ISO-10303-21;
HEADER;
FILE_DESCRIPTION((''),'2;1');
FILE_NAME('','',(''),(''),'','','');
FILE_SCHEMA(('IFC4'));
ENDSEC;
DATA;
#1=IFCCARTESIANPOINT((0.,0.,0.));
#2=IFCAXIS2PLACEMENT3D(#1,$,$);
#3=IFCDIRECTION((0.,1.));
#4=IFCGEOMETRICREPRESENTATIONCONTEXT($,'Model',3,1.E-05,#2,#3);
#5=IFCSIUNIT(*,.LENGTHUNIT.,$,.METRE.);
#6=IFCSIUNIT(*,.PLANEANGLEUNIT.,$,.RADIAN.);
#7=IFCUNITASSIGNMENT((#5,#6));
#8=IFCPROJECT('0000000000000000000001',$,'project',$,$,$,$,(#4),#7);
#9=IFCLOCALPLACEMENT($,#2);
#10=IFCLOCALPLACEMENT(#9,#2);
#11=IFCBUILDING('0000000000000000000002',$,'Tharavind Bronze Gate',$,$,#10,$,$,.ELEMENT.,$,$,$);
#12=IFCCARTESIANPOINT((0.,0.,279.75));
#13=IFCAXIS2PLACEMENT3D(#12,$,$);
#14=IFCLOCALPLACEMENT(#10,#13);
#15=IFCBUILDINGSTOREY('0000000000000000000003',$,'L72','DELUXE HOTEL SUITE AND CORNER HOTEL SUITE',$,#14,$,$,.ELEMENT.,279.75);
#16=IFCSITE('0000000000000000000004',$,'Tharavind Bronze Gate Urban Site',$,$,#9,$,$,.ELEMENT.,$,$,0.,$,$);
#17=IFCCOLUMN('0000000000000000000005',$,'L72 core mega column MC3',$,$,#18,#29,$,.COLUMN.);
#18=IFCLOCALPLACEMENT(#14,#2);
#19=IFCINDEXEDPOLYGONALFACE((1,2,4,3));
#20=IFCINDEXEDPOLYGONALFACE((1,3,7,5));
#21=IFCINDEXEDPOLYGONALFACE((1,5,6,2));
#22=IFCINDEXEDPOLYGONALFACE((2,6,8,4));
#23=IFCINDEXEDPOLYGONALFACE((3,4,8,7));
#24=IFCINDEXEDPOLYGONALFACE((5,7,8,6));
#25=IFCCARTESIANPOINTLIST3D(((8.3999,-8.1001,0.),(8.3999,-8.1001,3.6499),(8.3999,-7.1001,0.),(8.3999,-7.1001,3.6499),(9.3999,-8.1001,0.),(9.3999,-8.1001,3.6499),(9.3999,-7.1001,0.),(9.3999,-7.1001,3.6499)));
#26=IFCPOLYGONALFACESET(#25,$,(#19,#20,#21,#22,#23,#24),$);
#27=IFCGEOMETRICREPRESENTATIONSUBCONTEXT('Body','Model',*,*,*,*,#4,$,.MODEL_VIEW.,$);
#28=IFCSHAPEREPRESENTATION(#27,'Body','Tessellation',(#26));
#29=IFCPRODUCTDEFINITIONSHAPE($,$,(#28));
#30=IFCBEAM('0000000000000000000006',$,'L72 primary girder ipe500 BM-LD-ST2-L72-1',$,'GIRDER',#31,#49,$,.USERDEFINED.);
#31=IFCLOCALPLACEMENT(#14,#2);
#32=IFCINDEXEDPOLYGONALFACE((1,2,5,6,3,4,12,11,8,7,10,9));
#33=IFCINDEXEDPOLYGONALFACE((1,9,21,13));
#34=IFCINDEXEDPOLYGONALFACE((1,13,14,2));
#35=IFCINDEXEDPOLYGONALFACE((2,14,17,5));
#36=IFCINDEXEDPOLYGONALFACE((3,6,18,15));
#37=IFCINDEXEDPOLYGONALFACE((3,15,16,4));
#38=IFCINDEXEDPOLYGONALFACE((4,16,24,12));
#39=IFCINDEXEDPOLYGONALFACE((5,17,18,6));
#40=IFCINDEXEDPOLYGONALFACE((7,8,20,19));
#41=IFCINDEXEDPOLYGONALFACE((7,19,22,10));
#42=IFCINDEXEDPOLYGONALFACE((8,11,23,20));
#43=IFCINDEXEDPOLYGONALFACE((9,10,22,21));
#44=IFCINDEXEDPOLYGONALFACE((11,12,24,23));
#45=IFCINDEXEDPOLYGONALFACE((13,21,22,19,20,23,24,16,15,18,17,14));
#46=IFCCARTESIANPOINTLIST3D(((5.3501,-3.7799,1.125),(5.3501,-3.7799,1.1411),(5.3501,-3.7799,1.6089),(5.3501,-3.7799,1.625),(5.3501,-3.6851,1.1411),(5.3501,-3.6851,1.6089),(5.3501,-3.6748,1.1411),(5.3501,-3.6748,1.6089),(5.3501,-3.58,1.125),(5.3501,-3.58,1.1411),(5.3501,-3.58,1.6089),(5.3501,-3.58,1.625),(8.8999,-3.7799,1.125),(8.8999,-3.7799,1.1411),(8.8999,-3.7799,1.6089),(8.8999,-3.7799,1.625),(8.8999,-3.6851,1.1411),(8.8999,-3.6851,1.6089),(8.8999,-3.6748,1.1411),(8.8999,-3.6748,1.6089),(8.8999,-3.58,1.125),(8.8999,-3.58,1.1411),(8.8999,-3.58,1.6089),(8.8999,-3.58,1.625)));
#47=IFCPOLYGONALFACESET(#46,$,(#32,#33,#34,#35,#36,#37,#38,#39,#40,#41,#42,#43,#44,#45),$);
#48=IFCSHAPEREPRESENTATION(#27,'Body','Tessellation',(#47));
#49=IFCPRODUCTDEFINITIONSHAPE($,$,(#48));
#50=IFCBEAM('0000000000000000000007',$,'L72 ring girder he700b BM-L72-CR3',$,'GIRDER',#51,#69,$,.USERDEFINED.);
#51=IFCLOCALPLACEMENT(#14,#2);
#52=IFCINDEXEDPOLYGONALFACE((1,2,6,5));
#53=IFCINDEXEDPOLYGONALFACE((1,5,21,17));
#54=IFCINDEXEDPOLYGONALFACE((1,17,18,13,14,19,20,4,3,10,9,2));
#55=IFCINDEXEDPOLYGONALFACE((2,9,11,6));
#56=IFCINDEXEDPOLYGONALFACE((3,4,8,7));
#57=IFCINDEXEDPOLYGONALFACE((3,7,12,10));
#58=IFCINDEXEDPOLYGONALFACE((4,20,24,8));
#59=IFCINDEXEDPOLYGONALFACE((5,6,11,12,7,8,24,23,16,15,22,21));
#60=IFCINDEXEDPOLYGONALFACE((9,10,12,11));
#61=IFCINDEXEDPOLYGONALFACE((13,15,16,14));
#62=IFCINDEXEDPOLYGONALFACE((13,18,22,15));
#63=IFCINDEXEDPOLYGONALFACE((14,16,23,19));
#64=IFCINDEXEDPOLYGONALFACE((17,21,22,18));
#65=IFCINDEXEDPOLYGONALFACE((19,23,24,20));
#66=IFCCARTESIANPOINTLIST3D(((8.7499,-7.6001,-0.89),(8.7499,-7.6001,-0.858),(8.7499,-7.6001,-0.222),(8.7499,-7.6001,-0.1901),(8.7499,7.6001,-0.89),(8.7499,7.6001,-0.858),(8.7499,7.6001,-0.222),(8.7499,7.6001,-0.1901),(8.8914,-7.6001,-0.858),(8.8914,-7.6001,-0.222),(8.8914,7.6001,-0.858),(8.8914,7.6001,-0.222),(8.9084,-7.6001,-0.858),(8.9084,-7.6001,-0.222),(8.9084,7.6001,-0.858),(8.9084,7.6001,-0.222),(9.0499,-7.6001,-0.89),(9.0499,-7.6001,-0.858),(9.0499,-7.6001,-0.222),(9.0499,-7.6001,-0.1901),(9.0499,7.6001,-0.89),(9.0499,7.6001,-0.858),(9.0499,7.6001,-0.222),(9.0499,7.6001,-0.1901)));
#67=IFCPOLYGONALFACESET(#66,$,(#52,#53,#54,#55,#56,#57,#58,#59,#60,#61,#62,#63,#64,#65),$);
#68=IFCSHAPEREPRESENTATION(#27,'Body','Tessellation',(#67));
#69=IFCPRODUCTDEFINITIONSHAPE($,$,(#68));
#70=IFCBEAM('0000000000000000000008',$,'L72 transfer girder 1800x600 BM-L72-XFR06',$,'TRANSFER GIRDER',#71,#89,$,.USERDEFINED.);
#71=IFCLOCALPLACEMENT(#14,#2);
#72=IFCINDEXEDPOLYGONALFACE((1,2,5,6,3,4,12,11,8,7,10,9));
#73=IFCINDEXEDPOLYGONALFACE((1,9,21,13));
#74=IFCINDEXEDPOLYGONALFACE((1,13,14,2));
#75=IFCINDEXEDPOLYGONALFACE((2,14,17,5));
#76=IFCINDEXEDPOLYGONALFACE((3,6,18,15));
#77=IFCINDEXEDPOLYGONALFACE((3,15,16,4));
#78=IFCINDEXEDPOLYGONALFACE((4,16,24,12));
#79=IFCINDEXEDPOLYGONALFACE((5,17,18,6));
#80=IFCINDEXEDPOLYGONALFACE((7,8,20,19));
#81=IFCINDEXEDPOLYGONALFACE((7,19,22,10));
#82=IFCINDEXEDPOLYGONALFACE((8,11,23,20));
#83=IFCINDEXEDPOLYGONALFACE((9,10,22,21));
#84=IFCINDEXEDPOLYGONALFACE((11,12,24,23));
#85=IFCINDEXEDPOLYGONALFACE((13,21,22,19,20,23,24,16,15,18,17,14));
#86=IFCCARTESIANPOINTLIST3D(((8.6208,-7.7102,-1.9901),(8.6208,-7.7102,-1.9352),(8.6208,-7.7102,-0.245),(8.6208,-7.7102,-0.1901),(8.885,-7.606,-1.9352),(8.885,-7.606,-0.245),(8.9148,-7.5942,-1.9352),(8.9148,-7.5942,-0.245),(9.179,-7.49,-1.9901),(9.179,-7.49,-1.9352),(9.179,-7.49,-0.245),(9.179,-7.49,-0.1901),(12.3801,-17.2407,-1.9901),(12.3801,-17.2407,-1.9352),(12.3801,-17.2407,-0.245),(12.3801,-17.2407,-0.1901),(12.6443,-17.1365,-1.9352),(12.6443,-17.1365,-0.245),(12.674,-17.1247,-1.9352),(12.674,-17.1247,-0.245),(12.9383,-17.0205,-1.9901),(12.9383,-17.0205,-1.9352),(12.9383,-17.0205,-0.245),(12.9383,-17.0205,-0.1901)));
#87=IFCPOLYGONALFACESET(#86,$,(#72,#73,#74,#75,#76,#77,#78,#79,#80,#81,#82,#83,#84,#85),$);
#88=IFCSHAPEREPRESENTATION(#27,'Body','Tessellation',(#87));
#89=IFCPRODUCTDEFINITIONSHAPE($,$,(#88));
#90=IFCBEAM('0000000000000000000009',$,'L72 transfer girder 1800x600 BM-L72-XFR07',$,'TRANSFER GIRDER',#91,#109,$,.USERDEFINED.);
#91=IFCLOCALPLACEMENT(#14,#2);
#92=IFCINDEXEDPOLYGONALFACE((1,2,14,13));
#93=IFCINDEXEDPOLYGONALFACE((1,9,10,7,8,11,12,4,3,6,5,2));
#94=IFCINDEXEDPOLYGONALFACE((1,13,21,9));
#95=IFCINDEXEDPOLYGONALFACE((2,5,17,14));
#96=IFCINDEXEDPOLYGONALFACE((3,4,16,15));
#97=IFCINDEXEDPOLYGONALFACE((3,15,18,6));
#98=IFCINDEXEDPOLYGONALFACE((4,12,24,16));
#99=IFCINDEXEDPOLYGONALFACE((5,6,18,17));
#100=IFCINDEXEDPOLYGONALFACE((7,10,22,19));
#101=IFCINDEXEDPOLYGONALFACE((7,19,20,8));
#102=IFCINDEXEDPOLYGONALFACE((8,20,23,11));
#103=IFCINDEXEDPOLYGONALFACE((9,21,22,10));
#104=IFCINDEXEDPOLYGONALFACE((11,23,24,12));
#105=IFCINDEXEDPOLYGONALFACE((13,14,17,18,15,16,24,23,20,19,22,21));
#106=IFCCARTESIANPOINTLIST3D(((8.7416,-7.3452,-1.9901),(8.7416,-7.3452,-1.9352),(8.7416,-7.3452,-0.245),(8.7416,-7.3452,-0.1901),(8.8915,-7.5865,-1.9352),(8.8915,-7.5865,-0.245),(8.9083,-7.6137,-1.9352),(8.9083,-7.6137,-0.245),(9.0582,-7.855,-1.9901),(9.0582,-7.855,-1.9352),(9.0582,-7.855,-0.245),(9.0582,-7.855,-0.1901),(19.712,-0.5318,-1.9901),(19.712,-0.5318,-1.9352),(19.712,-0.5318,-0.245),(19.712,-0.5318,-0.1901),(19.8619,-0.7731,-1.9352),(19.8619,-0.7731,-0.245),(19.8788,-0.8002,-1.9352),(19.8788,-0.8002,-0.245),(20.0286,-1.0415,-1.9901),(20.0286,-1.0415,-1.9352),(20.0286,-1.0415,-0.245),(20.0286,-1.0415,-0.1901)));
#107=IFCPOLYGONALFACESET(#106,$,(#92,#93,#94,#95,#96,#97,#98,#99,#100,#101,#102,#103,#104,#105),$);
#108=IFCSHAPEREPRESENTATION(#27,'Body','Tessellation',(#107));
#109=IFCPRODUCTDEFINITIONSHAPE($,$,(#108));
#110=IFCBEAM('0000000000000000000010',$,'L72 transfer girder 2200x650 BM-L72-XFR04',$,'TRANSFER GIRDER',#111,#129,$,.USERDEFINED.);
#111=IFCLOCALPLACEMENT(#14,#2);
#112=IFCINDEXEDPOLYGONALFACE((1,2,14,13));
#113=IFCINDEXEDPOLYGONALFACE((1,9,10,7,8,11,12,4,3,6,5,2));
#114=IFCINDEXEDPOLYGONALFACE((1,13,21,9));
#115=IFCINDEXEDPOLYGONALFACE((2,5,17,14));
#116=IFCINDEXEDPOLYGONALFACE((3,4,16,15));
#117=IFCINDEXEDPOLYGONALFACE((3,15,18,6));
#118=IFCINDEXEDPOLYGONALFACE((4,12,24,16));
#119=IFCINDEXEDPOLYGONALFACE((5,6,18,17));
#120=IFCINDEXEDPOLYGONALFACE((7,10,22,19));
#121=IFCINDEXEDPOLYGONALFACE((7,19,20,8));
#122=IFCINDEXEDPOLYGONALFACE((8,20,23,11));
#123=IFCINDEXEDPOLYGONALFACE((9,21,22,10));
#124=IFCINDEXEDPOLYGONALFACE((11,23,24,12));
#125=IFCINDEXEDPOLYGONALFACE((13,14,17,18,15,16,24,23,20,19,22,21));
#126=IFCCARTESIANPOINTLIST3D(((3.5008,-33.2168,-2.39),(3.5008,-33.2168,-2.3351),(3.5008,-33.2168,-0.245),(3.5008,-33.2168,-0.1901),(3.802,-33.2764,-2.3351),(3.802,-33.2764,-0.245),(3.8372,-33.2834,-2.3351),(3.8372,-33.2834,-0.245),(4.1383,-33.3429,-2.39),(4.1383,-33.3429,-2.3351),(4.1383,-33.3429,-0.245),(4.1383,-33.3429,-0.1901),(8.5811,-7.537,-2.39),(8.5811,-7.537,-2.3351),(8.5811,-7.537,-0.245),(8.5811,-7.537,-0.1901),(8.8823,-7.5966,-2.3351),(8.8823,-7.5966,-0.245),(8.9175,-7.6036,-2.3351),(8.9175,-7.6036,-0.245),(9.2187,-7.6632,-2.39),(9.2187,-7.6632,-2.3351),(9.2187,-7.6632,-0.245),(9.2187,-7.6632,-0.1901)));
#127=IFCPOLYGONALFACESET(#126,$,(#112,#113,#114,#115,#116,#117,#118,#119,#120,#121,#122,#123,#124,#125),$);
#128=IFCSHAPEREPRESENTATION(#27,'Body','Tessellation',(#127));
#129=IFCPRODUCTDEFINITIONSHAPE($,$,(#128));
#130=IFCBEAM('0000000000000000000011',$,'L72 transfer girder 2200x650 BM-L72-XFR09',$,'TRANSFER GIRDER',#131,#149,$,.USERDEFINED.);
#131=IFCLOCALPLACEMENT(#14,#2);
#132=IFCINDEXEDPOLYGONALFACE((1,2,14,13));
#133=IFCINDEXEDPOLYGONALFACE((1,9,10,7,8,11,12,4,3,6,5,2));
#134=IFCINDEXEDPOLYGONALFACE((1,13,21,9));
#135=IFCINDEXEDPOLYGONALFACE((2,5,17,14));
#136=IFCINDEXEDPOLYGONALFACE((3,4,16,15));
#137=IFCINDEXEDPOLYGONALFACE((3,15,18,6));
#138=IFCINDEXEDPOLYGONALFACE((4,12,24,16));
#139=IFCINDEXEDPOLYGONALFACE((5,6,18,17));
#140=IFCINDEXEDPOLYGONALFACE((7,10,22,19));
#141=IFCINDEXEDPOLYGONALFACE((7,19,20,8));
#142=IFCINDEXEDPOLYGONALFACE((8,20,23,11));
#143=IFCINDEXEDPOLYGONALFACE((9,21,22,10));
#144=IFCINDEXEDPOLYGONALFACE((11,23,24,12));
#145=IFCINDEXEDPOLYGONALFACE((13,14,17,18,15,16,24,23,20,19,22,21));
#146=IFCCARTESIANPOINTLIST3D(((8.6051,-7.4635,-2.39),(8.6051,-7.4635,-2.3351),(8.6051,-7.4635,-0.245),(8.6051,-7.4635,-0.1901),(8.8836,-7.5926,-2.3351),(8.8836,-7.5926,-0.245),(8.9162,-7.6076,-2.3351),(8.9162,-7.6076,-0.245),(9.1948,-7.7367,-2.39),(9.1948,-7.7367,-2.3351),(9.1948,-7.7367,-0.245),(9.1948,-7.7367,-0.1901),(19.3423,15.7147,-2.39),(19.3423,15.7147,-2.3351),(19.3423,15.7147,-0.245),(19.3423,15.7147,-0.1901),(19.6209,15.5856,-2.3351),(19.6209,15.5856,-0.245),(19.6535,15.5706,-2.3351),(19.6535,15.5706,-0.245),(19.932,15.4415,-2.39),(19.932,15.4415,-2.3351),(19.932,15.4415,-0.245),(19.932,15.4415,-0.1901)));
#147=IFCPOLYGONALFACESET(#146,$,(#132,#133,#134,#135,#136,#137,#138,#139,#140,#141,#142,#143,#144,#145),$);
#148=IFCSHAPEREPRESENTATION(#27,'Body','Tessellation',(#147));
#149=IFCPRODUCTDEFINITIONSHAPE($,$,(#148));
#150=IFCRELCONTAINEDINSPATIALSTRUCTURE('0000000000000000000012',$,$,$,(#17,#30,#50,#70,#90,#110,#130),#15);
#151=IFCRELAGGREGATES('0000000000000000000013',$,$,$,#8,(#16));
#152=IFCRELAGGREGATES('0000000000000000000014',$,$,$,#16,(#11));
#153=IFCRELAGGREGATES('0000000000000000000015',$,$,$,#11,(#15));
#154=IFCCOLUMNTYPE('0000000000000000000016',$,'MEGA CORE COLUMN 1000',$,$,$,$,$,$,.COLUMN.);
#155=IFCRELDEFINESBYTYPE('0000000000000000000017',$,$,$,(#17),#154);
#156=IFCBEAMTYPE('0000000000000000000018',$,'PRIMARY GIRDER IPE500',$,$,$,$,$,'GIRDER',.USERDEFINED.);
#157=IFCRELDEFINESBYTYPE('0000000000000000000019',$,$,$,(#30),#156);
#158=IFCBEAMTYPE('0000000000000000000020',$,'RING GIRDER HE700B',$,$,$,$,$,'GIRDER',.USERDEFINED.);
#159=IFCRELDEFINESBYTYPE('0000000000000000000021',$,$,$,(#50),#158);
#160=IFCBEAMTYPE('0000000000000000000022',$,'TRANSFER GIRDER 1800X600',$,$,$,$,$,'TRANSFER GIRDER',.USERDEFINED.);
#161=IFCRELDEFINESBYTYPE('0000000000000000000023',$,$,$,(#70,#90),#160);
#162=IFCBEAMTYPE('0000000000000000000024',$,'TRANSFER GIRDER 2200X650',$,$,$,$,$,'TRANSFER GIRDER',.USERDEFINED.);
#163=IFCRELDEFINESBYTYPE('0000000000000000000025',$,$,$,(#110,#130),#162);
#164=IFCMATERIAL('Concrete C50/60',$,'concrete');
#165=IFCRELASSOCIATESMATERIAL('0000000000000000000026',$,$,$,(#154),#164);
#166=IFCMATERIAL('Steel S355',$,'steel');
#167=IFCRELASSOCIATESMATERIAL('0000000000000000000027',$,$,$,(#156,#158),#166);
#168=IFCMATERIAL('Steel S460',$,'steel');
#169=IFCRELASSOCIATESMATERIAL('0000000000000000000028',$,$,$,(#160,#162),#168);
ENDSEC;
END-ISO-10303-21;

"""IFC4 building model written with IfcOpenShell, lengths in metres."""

from ifc_helpers import new_model, si_unit, direction, frame, origin, origin_2d, place, context, subcontext, project, spatial, rectangle, i_section, extrude, material, material_profile, profile_set, type_object, element, save


model = new_model("IFC4")

# Units and contexts
model_context = context("Model", 3, precision=1e-05, world=origin(), true_north=direction((0.0, 1.0)))
body_context = subcontext(model_context, "Body", "Model", "MODEL_VIEW")
ifc_project = project(units=[si_unit("LENGTHUNIT", "METRE"), si_unit("PLANEANGLEUNIT", "RADIAN")], contexts=[model_context])

# Site, building, storey
site_placement = place(None, origin())
site = spatial("IfcSite", under=ifc_project, at=site_placement, Name="Tharavind Bronze Gate Urban Site", CompositionType="ELEMENT", RefElevation=0.0)
building_placement = place(site_placement, origin())
building = spatial("IfcBuilding", under=site, at=building_placement, Name="Tharavind Bronze Gate", CompositionType="ELEMENT")
storey_placement = place(building_placement, frame((0.0, 0.0, 279.75)))
storey = spatial("IfcBuildingStorey", under=building, at=storey_placement, Name="L72", Description="DELUXE HOTEL SUITE AND CORNER HOTEL SUITE", CompositionType="ELEMENT", Elevation=279.75)

# Column
ifc_material_1 = material(Name="Concrete C50/60", Category="concrete")
ifc_material_profile_1 = material_profile(ifc_material_1, rectangle(XDim=1.0, YDim=1.0, at=origin_2d()), Name="RCCOL1000")
ifc_profile_set_1 = profile_set([ifc_material_profile_1], Name="Concrete C50/60")
column_type = type_object("IfcColumnType", Name="MEGA CORE COLUMN 1000", PredefinedType="COLUMN", material=ifc_profile_set_1)
column_placement = place(storey_placement, frame((8.8999, -7.6001, 0.0), z_axis=(0.0, 0.0, 1.0), x_axis=(1.0, 0.0, 0.0)))
element("IfcColumn", 1, at=column_placement, inside=storey, type_object=column_type, Name="L72 core mega column MC3", PredefinedType="COLUMN", context=body_context, shape_type="SweptSolid", body=[
    extrude(rectangle(XDim=1.0, YDim=1.0, at=origin_2d()), origin(), (0.0, 0.0, 1.0), 3.6499),
])

# Beams
ifc_material_2 = material(Name="Steel S355", Category="steel")
ifc_material_profile_2 = material_profile(ifc_material_2, i_section(OverallWidth=0.2, OverallDepth=0.5, WebThickness=0.0103, FlangeThickness=0.0161, at=origin_2d()), Name="IPE500")
ifc_profile_set_2 = profile_set([ifc_material_profile_2], Name="Steel S355")
beam_type_1 = type_object("IfcBeamType", Name="PRIMARY GIRDER IPE500", ElementType="GIRDER", PredefinedType="USERDEFINED", material=ifc_profile_set_2)
beam_1_placement = place(storey_placement, frame((5.3501, -3.6799, 1.375), z_axis=(1.0, 0.0, 0.0), x_axis=(0.0, 1.0, 0.0)))
element("IfcBeam", 2, at=beam_1_placement, inside=storey, type_object=beam_type_1, Name="L72 primary girder ipe500 BM-LD-ST2-L72-1", ObjectType="GIRDER", PredefinedType="USERDEFINED", context=body_context, shape_type="SweptSolid", body=[
    extrude(i_section(OverallWidth=0.2, OverallDepth=0.5, WebThickness=0.0103, FlangeThickness=0.0161, at=origin_2d()), origin(), (0.0, 0.0, 1.0), 3.5498),
])
ifc_material_profile_3 = material_profile(ifc_material_2, i_section(OverallWidth=0.3, OverallDepth=0.7, WebThickness=0.0171, FlangeThickness=0.032, at=origin_2d()), Name="HE700B")
ifc_profile_set_3 = profile_set([ifc_material_profile_3], Name="Steel S355")
beam_type_2 = type_object("IfcBeamType", Name="RING GIRDER HE700B", ElementType="GIRDER", PredefinedType="USERDEFINED", material=ifc_profile_set_3)
beam_2_placement = place(storey_placement, frame((8.8999, -7.6001, -0.54), z_axis=(0.0, 1.0, 0.0), x_axis=(-1.0, 0.0, 0.0)))
element("IfcBeam", 3, at=beam_2_placement, inside=storey, type_object=beam_type_2, Name="L72 ring girder he700b BM-L72-CR3", ObjectType="GIRDER", PredefinedType="USERDEFINED", context=body_context, shape_type="SweptSolid", body=[
    extrude(i_section(OverallWidth=0.3, OverallDepth=0.7, WebThickness=0.0171, FlangeThickness=0.032, at=origin_2d()), origin(), (0.0, 0.0, 1.0), 15.2002),
])
ifc_material_3 = material(Name="Steel S460", Category="steel")
ifc_material_profile_4 = material_profile(ifc_material_3, i_section(OverallWidth=0.6001, OverallDepth=1.8, WebThickness=0.032, FlangeThickness=0.0549, at=origin_2d()), Name="PG1800X600")
ifc_profile_set_4 = profile_set([ifc_material_profile_4], Name="Steel S460")
beam_type_3 = type_object("IfcBeamType", Name="TRANSFER GIRDER 1800X600", ElementType="TRANSFER GIRDER", PredefinedType="USERDEFINED", material=ifc_profile_set_4)
beam_3_placement = place(storey_placement, frame((8.8999, -7.6001, -1.0901), z_axis=(0.366933, -0.930247, 0.0), x_axis=(0.930247, 0.366933, 0.0)))
element("IfcBeam", 4, at=beam_3_placement, inside=storey, type_object=beam_type_3, Name="L72 transfer girder 1800x600 BM-L72-XFR06", ObjectType="TRANSFER GIRDER", PredefinedType="USERDEFINED", context=body_context, shape_type="SweptSolid", body=[
    extrude(i_section(OverallWidth=0.6001, OverallDepth=1.8, WebThickness=0.032, FlangeThickness=0.0549, at=origin_2d()), origin(), (0.0, 0.0, 1.0), 10.2451),
])
beam_4_placement = place(storey_placement, frame((8.8999, -7.6001, -1.0901), z_axis=(0.849494, 0.527599, 0.0), x_axis=(-0.527599, 0.849494, 0.0)))
element("IfcBeam", 5, at=beam_4_placement, inside=storey, type_object=beam_type_3, Name="L72 transfer girder 1800x600 BM-L72-XFR07", ObjectType="TRANSFER GIRDER", PredefinedType="USERDEFINED", context=body_context, shape_type="SweptSolid", body=[
    extrude(i_section(OverallWidth=0.6001, OverallDepth=1.8, WebThickness=0.032, FlangeThickness=0.0549, at=origin_2d()), origin(), (0.0, 0.0, 1.0), 12.9141),
])
ifc_material_profile_5 = material_profile(ifc_material_3, i_section(OverallWidth=0.6499, OverallDepth=2.2, WebThickness=0.0359, FlangeThickness=0.0549, at=origin_2d()), Name="PG2200X650")
ifc_profile_set_5 = profile_set([ifc_material_profile_5], Name="Steel S460")
beam_type_4 = type_object("IfcBeamType", Name="TRANSFER GIRDER 2200X650", ElementType="TRANSFER GIRDER", PredefinedType="USERDEFINED", material=ifc_profile_set_5)
beam_5_placement = place(storey_placement, frame((8.8999, -7.6001, -1.29), z_axis=(-0.194073, -0.980987, 0.0), x_axis=(0.980987, -0.194073, 0.0)))
element("IfcBeam", 6, at=beam_5_placement, inside=storey, type_object=beam_type_4, Name="L72 transfer girder 2200x650 BM-L72-XFR04", ObjectType="TRANSFER GIRDER", PredefinedType="USERDEFINED", context=body_context, shape_type="SweptSolid", body=[
    extrude(i_section(OverallWidth=0.6499, OverallDepth=2.2, WebThickness=0.0359, FlangeThickness=0.0549, at=origin_2d()), origin(), (0.0, 0.0, 1.0), 26.1775),
])
beam_6_placement = place(storey_placement, frame((8.8999, -7.6001, -1.29), z_axis=(0.420338, 0.907368, 0.0), x_axis=(-0.907368, 0.420338, 0.0)))
element("IfcBeam", 7, at=beam_6_placement, inside=storey, type_object=beam_type_4, Name="L72 transfer girder 2200x650 BM-L72-XFR09", ObjectType="TRANSFER GIRDER", PredefinedType="USERDEFINED", context=body_context, shape_type="SweptSolid", body=[
    extrude(i_section(OverallWidth=0.6499, OverallDepth=2.2, WebThickness=0.0359, FlangeThickness=0.0549, at=origin_2d()), origin(), (0.0, 0.0, 1.0), 25.5444),
])

save(model, "model.ifc")
